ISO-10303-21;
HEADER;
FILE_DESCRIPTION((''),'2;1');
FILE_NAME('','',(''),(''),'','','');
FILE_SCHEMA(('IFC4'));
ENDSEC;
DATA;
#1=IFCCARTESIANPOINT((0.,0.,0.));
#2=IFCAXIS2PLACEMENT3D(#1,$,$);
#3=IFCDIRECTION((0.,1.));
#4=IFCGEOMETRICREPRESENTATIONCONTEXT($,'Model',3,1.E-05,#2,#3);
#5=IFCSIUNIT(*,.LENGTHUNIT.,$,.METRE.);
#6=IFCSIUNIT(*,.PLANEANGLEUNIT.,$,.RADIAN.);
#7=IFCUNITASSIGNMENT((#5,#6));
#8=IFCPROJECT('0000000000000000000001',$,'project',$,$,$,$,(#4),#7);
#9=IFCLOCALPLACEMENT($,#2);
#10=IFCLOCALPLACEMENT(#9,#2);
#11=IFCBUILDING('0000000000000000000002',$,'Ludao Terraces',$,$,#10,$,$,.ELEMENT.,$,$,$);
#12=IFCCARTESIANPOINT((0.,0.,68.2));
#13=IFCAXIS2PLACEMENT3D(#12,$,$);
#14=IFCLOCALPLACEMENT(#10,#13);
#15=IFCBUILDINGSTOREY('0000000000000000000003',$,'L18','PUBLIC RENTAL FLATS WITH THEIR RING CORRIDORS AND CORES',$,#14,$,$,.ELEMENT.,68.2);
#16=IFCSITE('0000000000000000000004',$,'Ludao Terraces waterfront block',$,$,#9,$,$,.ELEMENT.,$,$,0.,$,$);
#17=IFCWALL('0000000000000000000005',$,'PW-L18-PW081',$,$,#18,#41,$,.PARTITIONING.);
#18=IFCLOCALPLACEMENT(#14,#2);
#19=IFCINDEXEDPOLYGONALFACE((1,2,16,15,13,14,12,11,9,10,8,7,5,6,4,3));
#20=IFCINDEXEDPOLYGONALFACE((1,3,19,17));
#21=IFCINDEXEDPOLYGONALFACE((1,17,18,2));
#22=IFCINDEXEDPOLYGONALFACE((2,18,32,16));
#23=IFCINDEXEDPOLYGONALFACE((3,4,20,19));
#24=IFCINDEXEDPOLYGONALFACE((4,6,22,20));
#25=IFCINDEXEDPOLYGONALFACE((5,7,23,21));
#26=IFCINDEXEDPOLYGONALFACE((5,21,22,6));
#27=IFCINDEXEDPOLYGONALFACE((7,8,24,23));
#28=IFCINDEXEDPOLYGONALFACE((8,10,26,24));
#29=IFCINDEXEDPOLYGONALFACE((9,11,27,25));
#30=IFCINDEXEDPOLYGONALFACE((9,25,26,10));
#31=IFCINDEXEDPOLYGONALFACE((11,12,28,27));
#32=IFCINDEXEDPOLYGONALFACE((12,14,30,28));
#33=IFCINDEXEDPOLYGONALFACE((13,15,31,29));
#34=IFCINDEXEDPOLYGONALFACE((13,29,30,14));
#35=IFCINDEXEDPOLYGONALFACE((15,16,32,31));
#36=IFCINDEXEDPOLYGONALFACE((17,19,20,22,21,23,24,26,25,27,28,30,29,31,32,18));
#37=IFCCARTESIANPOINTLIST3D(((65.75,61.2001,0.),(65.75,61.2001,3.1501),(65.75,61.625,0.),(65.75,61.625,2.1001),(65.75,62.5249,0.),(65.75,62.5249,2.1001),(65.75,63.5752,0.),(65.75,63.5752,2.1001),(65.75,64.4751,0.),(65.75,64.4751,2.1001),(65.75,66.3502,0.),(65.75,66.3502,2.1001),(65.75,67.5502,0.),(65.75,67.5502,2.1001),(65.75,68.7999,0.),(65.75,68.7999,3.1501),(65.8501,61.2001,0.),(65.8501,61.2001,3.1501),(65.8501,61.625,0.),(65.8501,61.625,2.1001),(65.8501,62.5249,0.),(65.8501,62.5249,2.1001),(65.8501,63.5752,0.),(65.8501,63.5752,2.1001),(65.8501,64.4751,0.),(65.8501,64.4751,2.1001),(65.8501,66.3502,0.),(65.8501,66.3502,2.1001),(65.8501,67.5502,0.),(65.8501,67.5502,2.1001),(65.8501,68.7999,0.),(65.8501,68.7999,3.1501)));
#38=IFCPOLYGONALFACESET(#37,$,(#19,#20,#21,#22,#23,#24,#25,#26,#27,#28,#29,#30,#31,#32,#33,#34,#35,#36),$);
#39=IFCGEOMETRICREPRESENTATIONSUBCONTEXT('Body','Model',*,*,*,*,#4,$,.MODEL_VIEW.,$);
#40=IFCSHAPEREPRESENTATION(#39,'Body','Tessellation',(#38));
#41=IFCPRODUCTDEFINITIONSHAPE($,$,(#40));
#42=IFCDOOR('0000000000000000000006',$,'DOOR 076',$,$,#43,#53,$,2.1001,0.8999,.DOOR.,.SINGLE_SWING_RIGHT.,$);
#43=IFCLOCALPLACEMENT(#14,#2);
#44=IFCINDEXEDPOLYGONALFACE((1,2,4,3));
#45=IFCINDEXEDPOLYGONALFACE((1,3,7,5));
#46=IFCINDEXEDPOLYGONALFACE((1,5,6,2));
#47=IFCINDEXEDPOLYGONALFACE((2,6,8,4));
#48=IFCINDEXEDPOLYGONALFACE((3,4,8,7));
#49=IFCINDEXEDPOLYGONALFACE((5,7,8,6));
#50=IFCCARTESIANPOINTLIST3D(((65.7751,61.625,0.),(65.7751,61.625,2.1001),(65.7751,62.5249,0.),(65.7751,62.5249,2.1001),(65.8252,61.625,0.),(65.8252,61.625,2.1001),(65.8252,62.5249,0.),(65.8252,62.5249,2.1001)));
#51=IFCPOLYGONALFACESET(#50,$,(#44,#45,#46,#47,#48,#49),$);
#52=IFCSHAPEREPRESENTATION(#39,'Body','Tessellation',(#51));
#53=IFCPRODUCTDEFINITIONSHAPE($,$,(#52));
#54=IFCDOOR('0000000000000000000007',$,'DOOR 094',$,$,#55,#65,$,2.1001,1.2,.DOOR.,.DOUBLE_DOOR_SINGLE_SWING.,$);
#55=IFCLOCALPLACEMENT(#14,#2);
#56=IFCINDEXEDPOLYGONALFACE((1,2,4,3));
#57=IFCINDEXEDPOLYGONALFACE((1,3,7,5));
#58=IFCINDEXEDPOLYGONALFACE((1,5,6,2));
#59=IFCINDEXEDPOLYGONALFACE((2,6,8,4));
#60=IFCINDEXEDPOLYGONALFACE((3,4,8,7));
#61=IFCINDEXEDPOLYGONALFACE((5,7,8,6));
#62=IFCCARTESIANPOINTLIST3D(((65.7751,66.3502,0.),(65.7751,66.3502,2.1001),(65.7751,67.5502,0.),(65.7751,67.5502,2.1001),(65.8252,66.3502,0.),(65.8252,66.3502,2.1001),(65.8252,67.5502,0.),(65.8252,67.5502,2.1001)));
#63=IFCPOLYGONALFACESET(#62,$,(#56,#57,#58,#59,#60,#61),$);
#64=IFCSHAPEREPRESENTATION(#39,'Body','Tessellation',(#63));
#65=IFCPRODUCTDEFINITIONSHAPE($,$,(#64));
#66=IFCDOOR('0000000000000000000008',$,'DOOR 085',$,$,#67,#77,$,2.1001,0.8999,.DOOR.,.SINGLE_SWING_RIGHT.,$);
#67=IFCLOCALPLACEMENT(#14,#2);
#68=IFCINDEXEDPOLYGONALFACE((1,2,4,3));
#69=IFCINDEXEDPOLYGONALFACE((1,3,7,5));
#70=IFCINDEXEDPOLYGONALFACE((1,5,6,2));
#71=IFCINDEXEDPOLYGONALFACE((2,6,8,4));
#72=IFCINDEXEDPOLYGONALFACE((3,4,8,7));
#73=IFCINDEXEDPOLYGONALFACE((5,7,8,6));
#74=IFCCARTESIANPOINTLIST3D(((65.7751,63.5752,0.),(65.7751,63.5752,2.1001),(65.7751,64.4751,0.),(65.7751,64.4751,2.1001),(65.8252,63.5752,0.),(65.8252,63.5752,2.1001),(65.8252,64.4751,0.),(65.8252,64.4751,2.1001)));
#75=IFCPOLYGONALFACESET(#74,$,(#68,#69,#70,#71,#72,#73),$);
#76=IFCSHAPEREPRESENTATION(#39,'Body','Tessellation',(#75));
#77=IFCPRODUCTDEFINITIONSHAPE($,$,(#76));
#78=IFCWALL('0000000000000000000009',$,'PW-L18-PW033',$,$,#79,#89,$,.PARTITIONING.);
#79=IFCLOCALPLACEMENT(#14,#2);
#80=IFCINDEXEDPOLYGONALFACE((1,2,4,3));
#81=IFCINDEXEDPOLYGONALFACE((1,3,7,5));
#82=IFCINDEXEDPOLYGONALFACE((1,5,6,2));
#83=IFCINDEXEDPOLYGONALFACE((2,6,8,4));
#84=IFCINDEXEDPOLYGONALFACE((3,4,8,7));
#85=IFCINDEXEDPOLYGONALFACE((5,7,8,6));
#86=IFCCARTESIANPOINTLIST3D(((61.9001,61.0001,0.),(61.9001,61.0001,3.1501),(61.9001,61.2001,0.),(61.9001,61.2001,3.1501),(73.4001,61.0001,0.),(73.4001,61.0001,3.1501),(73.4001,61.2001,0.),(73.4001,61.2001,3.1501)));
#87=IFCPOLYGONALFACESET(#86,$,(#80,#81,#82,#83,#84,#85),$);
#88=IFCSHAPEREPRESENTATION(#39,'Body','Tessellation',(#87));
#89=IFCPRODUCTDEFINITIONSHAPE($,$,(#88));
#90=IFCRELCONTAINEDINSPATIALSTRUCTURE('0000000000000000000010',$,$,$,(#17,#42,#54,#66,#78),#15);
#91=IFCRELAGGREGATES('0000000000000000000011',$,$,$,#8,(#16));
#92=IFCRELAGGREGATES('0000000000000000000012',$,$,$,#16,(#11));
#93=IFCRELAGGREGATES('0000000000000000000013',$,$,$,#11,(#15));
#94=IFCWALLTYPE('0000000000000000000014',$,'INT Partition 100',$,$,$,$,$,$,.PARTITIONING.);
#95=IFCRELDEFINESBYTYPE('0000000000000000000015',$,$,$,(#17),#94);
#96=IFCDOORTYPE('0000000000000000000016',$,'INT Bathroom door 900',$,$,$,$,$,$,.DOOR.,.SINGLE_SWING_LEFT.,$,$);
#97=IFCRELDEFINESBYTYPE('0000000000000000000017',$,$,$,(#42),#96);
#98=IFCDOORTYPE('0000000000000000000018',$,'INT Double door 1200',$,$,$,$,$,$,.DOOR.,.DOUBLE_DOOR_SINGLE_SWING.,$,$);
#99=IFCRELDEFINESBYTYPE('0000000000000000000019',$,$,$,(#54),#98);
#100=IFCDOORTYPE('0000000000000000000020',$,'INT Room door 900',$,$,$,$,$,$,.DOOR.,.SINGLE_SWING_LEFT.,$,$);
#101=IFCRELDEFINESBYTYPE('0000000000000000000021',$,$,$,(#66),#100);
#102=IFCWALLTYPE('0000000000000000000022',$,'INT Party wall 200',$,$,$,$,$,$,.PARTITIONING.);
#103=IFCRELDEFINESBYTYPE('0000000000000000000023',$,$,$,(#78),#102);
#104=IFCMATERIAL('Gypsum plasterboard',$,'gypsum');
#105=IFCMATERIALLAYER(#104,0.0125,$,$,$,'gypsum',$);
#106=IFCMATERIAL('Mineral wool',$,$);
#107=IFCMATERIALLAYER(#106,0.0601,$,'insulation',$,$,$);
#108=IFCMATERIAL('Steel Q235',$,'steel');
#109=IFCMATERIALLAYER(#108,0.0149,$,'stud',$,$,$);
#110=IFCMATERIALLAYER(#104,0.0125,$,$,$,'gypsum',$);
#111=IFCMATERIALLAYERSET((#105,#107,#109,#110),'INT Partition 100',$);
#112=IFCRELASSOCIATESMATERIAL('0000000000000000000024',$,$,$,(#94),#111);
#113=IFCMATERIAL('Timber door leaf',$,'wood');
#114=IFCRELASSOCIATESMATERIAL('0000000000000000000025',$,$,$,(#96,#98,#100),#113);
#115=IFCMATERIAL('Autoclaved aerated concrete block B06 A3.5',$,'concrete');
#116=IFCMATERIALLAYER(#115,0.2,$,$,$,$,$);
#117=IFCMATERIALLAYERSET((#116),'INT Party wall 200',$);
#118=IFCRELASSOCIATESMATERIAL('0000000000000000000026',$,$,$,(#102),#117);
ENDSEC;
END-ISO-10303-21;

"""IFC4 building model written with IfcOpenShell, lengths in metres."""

from ifc_helpers import new_model, si_unit, direction, frame, frame_2d, origin, place, context, subcontext, project, spatial, rectangle, extrude, material, layer, layer_set, type_object, element, fill, save


model = new_model("IFC4")

# Units and contexts
model_context = context("Model", 3, precision=1e-05, world=origin(), true_north=direction((0.0, 1.0)))
body_context = subcontext(model_context, "Body", "Model", "MODEL_VIEW")
ifc_project = project(units=[si_unit("LENGTHUNIT", "METRE"), si_unit("PLANEANGLEUNIT", "RADIAN")], contexts=[model_context])

# Site, building, storey
site_placement = place(None, origin())
site = spatial("IfcSite", under=ifc_project, at=site_placement, Name="Ludao Terraces waterfront block", CompositionType="ELEMENT", RefElevation=0.0)
building_placement = place(site_placement, origin())
building = spatial("IfcBuilding", under=site, at=building_placement, Name="Ludao Terraces", CompositionType="ELEMENT")
storey_placement = place(building_placement, frame((0.0, 0.0, 68.2)))
storey = spatial("IfcBuildingStorey", under=building, at=storey_placement, Name="L18", Description="PUBLIC RENTAL FLATS WITH THEIR RING CORRIDORS AND CORES", CompositionType="ELEMENT", Elevation=68.2)

# Shared definitions
ifc_material_1 = material(Name="Mineral wool")

# Shared definitions
ifc_material_2 = material(Name="Gypsum plasterboard", Category="gypsum")
ifc_layer_1 = layer(ifc_material_2, 0.0125, Category="gypsum")
ifc_layer_2 = layer(ifc_material_1, 0.0601, Name="insulation")
ifc_material_3 = material(Name="Steel Q235", Category="steel")
ifc_layer_3 = layer(ifc_material_3, 0.0149, Name="stud")
ifc_layer_4 = layer(ifc_material_2, 0.0125, Category="gypsum")
ifc_layer_set_1 = layer_set([ifc_layer_1, ifc_layer_2, ifc_layer_3, ifc_layer_4], Name="INT Partition 100")
wall_type_1 = type_object("IfcWallType", Name="INT Partition 100", PredefinedType="PARTITIONING", material=ifc_layer_set_1)

# Wall, openings, doors
wall_1_placement = place(storey_placement, frame((65.8, 61.2002, 0.0), z_axis=(0.0, 0.0, 1.0), x_axis=(0.0, 1.0, 0.0)))
wall_1 = element("IfcWall", 1, at=wall_1_placement, inside=storey, type_object=wall_type_1, Name="PW-L18-PW081", PredefinedType="PARTITIONING", context=body_context, shape_type="SweptSolid", body=[
    extrude(rectangle(XDim=7.5999, YDim=0.1001, at=frame_2d((3.7998, 0.0))), origin(), (0.0, 0.0, 1.0), 3.1501),
])
opening_1_placement = place(wall_1_placement, frame((0.4248, 0.0, 0.0)))
opening_1 = element("IfcOpeningElement", 2, at=opening_1_placement, cuts=wall_1, PredefinedType="OPENING", context=body_context, shape_type="SweptSolid", body=[
    extrude(rectangle(XDim=0.8999, YDim=2.1001, at=frame_2d((0.45, 1.05))), frame((0.0, 0.0601, 0.0), z_axis=(0.0, -1.0, 0.0), x_axis=(1.0, 0.0, 0.0)), (0.0, 0.0, 1.0), 0.1201),
])
opening_2_placement = place(wall_1_placement, frame((2.375, 0.0, 0.0)))
opening_2 = element("IfcOpeningElement", 3, at=opening_2_placement, cuts=wall_1, PredefinedType="OPENING", context=body_context, shape_type="SweptSolid", body=[
    extrude(rectangle(XDim=0.8999, YDim=2.1001, at=frame_2d((0.45, 1.05))), frame((0.0, 0.0601, 0.0), z_axis=(0.0, -1.0, 0.0), x_axis=(1.0, 0.0, 0.0)), (0.0, 0.0, 1.0), 0.1201),
])
opening_3_placement = place(wall_1_placement, frame((5.1499, 0.0, 0.0)))
opening_3 = element("IfcOpeningElement", 4, at=opening_3_placement, cuts=wall_1, PredefinedType="OPENING", context=body_context, shape_type="SweptSolid", body=[
    extrude(rectangle(XDim=1.2, YDim=2.1001, at=frame_2d((0.6001, 1.05))), frame((0.0, 0.0601, 0.0), z_axis=(0.0, -1.0, 0.0), x_axis=(1.0, 0.0, 0.0)), (0.0, 0.0, 1.0), 0.1201),
])
ifc_material_4 = material(Name="Timber door leaf", Category="wood")
door_type_1 = type_object("IfcDoorType", Name="INT Bathroom door 900", OperationType="SINGLE_SWING_LEFT", PredefinedType="DOOR", material=ifc_material_4)
door_1_placement = place(opening_1_placement, origin())
door_1 = element("IfcDoor", 5, at=door_1_placement, inside=storey, type_object=door_type_1, Name="DOOR 076", OperationType="SINGLE_SWING_RIGHT", OverallHeight=2.1001, OverallWidth=0.8999, PredefinedType="DOOR", context=body_context, shape_type="SweptSolid", body=[
    extrude(rectangle(XDim=0.8999, YDim=2.1001, at=frame_2d((0.45, 1.05))), frame((0.0, 0.0249, 0.0), z_axis=(0.0, -1.0, 0.0), x_axis=(1.0, 0.0, 0.0)), (0.0, 0.0, 1.0), 0.05),
])
fill(opening_1, door_1)
door_type_2 = type_object("IfcDoorType", Name="INT Double door 1200", OperationType="DOUBLE_DOOR_SINGLE_SWING", PredefinedType="DOOR", material=ifc_material_4)
door_2_placement = place(opening_3_placement, origin())
door_2 = element("IfcDoor", 6, at=door_2_placement, inside=storey, type_object=door_type_2, Name="DOOR 094", OperationType="DOUBLE_DOOR_SINGLE_SWING", OverallHeight=2.1001, OverallWidth=1.2, PredefinedType="DOOR", context=body_context, shape_type="SweptSolid", body=[
    extrude(rectangle(XDim=1.2, YDim=2.1001, at=frame_2d((0.6001, 1.05))), frame((0.0, 0.0249, 0.0), z_axis=(0.0, -1.0, 0.0), x_axis=(1.0, 0.0, 0.0)), (0.0, 0.0, 1.0), 0.05),
])
fill(opening_3, door_2)
door_type_3 = type_object("IfcDoorType", Name="INT Room door 900", OperationType="SINGLE_SWING_LEFT", PredefinedType="DOOR", material=ifc_material_4)
door_3_placement = place(opening_2_placement, origin())
door_3 = element("IfcDoor", 7, at=door_3_placement, inside=storey, type_object=door_type_3, Name="DOOR 085", OperationType="SINGLE_SWING_RIGHT", OverallHeight=2.1001, OverallWidth=0.8999, PredefinedType="DOOR", context=body_context, shape_type="SweptSolid", body=[
    extrude(rectangle(XDim=0.8999, YDim=2.1001, at=frame_2d((0.45, 1.05))), frame((0.0, 0.0249, 0.0), z_axis=(0.0, -1.0, 0.0), x_axis=(1.0, 0.0, 0.0)), (0.0, 0.0, 1.0), 0.05),
])
fill(opening_2, door_3)

# Wall
ifc_material_5 = material(Name="Autoclaved aerated concrete block B06 A3.5", Category="concrete")
ifc_layer_5 = layer(ifc_material_5, 0.2)
ifc_layer_set_2 = layer_set([ifc_layer_5], Name="INT Party wall 200")
wall_type_2 = type_object("IfcWallType", Name="INT Party wall 200", PredefinedType="PARTITIONING", material=ifc_layer_set_2)
wall_2_placement = place(storey_placement, frame((61.9001, 61.1001, 0.0), z_axis=(0.0, 0.0, 1.0), x_axis=(1.0, 0.0, 0.0)))
element("IfcWall", 8, at=wall_2_placement, inside=storey, type_object=wall_type_2, Name="PW-L18-PW033", PredefinedType="PARTITIONING", context=body_context, shape_type="SweptSolid", body=[
    extrude(rectangle(XDim=11.5, YDim=0.2, at=frame_2d((5.75, 0.0))), origin(), (0.0, 0.0, 1.0), 3.1501),
])

save(model, "model.ifc")
